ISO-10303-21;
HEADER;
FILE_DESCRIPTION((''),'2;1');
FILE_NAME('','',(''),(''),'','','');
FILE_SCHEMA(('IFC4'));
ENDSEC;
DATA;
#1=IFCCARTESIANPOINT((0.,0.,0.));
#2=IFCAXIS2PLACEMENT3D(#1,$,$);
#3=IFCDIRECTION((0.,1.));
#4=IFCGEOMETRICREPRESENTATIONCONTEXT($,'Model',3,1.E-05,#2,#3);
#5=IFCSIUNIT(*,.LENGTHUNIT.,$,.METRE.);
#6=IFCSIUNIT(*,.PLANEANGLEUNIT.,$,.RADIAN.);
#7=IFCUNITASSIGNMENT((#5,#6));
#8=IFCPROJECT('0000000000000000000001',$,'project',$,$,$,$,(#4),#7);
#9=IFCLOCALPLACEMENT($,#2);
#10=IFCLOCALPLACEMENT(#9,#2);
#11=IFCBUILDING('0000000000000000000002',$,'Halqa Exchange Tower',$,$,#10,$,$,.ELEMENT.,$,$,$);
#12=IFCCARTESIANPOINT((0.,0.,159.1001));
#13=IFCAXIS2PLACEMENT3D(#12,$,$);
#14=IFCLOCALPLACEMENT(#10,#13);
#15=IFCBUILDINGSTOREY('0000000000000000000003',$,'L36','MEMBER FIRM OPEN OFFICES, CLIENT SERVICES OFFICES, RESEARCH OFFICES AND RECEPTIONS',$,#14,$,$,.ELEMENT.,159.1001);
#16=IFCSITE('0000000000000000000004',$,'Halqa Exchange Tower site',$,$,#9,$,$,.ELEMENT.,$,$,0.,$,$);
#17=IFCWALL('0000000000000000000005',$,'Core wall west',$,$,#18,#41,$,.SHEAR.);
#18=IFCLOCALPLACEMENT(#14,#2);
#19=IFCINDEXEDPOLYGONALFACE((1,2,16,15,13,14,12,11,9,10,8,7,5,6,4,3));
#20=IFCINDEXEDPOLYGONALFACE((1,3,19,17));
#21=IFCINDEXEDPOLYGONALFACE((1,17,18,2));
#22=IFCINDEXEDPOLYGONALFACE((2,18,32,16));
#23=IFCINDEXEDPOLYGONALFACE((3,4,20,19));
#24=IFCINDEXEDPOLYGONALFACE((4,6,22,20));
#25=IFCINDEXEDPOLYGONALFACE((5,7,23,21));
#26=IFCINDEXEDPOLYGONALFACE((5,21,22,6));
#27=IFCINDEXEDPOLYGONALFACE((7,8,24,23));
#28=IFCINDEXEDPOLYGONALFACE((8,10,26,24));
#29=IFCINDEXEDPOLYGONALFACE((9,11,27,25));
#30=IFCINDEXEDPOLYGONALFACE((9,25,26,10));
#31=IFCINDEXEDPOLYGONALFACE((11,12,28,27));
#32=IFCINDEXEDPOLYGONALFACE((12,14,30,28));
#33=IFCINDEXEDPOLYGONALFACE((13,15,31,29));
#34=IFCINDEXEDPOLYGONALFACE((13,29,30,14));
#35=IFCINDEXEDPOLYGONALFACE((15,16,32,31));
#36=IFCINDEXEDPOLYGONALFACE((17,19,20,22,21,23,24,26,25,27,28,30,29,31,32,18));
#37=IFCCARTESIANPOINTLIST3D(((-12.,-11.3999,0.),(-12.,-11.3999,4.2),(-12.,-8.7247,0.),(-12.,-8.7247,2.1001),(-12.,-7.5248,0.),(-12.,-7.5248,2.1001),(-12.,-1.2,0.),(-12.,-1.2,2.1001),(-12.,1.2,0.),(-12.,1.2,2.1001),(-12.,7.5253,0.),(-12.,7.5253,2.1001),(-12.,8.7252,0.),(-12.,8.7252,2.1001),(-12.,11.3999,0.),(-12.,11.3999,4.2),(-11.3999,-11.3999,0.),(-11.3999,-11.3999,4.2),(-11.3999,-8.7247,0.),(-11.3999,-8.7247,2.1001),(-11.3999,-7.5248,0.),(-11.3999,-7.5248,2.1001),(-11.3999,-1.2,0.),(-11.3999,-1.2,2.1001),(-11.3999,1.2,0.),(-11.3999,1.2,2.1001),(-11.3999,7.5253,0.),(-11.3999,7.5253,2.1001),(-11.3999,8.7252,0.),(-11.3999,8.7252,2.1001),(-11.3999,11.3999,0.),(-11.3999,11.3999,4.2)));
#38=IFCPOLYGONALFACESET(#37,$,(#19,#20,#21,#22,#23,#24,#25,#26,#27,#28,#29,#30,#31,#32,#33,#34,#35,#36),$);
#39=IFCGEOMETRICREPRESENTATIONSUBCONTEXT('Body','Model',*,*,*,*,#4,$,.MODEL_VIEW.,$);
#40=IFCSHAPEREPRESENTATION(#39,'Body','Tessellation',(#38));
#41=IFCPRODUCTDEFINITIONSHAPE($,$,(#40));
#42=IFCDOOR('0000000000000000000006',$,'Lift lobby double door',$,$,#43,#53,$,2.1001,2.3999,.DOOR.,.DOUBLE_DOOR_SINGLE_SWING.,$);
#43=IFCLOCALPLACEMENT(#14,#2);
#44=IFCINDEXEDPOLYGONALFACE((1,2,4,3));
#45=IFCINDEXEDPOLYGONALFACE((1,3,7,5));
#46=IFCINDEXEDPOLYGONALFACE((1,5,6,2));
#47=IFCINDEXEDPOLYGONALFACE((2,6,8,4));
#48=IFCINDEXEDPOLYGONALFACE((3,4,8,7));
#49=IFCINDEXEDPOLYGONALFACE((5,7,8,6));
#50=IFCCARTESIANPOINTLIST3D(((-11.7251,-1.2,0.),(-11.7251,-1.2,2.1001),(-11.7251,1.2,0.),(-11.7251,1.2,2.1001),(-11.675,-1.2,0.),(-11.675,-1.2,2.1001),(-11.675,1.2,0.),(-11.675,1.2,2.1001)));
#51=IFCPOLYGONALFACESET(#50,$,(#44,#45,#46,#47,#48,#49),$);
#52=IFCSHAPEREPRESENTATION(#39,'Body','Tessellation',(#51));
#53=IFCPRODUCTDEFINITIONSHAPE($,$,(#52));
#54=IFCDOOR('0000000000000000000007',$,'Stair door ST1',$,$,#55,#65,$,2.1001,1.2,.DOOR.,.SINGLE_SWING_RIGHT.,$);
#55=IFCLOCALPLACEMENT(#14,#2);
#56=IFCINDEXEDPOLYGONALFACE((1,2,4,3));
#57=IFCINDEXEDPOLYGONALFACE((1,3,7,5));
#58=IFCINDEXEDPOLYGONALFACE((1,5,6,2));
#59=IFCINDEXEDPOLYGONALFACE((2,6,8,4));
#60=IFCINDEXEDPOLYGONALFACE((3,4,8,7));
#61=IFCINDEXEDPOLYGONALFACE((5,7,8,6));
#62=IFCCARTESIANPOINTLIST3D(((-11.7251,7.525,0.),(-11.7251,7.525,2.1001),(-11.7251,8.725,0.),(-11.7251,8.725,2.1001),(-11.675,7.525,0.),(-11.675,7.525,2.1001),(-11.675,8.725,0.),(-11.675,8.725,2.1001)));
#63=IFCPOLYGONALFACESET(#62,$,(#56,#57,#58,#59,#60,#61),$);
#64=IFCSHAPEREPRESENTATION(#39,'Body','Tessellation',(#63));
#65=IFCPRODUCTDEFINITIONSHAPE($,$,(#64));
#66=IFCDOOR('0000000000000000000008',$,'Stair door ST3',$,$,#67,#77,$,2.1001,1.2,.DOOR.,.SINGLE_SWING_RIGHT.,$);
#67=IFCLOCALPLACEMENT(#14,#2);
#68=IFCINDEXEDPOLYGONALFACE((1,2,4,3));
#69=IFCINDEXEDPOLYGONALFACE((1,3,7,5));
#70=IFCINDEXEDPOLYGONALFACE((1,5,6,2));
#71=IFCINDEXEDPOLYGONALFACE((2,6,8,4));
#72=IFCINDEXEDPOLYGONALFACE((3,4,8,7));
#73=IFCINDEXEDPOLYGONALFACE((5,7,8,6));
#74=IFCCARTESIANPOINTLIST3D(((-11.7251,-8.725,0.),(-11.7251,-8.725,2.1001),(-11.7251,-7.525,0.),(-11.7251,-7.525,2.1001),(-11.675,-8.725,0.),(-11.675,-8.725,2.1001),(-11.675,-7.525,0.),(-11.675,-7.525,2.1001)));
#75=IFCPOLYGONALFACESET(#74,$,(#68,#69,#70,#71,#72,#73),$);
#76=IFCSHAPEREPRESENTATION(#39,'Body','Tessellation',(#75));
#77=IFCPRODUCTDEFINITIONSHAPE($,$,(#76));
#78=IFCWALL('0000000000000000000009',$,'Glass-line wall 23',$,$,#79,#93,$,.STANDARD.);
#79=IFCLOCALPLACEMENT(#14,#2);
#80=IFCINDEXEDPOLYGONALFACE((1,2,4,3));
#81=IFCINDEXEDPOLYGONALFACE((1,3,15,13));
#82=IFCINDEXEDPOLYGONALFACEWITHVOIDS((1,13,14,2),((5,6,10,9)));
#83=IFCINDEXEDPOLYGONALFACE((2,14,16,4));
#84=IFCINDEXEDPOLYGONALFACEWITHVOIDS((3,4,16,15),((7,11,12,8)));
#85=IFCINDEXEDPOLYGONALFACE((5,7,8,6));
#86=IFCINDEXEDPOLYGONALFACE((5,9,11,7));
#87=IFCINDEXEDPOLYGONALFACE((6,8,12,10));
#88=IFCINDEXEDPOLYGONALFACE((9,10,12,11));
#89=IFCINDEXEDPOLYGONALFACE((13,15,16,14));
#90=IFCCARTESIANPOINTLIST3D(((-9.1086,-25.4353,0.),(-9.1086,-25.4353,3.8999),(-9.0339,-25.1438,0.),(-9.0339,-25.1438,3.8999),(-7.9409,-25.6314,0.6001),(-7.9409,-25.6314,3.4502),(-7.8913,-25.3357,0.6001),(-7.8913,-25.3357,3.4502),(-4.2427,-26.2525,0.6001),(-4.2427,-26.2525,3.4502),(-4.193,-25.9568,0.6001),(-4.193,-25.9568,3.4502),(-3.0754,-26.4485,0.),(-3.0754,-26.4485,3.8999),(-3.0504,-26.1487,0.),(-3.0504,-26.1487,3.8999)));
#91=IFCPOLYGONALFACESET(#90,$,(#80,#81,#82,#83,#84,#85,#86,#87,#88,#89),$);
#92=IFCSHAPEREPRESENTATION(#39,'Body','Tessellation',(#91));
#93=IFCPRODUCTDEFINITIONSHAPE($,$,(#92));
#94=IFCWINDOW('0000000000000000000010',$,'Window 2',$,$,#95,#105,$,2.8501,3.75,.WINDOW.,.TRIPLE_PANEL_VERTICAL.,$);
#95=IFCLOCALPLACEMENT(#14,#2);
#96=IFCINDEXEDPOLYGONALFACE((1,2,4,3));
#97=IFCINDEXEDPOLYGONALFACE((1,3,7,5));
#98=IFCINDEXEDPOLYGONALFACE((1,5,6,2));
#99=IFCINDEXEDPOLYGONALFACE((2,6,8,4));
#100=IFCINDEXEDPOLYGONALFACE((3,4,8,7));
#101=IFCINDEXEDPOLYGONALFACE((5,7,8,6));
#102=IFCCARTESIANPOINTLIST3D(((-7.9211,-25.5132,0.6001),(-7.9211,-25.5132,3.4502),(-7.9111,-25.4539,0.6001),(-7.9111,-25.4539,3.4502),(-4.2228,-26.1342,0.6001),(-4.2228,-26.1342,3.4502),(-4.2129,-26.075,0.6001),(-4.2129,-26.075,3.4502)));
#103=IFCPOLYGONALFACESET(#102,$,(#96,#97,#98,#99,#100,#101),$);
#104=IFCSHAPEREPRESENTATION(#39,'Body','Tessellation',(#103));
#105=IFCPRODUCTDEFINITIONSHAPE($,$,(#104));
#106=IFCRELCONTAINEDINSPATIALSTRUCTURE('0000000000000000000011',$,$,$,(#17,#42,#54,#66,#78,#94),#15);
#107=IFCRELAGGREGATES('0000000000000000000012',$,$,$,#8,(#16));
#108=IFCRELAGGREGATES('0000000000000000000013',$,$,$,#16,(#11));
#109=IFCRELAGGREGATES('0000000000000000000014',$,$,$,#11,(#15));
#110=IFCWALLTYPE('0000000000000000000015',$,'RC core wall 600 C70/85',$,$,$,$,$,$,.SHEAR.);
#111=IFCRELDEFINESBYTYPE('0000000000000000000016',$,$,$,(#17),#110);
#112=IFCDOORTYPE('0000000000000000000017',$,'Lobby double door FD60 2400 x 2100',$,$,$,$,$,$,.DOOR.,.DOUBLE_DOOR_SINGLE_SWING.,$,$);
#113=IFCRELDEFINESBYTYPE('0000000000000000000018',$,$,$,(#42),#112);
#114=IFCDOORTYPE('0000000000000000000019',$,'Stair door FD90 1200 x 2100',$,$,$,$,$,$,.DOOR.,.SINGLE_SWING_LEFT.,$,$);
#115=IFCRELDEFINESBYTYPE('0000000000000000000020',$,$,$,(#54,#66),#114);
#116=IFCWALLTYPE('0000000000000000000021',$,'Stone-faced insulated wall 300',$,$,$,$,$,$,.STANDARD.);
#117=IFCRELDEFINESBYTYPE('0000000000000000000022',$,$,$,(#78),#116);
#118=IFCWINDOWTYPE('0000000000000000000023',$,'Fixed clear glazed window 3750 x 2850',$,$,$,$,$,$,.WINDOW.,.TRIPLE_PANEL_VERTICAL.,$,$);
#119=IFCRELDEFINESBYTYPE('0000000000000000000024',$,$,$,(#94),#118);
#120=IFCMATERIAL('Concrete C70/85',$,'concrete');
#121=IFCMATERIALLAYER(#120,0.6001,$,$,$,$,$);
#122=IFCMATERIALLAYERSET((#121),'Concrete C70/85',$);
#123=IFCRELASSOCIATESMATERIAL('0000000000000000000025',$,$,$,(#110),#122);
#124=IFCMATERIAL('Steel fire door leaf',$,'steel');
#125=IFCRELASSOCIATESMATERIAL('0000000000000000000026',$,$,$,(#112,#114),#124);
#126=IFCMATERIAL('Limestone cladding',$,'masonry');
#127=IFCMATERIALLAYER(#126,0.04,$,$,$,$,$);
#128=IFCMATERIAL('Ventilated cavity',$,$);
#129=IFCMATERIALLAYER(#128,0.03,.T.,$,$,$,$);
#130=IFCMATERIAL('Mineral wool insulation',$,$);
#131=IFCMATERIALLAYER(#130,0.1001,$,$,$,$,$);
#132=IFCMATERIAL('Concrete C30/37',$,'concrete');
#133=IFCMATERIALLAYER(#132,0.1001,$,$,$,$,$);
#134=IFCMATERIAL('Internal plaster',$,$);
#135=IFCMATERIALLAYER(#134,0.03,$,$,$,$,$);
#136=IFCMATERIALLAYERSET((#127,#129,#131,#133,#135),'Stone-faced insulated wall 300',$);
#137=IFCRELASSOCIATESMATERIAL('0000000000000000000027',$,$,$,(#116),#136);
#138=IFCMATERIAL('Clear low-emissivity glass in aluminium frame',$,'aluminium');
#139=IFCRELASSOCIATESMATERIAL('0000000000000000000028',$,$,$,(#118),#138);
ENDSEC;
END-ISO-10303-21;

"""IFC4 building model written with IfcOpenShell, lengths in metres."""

from ifc_helpers import new_model, si_unit, direction, frame, frame_2d, origin, place, context, subcontext, project, spatial, polyline, rectangle, outline, extrude, material, layer, layer_set, type_object, element, fill, save


model = new_model("IFC4")

# Units and contexts
model_context = context("Model", 3, precision=1e-05, world=origin(), true_north=direction((0.0, 1.0)))
body_context = subcontext(model_context, "Body", "Model", "MODEL_VIEW")
ifc_project = project(units=[si_unit("LENGTHUNIT", "METRE"), si_unit("PLANEANGLEUNIT", "RADIAN")], contexts=[model_context])

# Site, building, storey
site_placement = place(None, origin())
site = spatial("IfcSite", under=ifc_project, at=site_placement, Name="Halqa Exchange Tower site", CompositionType="ELEMENT", RefElevation=0.0)
building_placement = place(site_placement, origin())
building = spatial("IfcBuilding", under=site, at=building_placement, Name="Halqa Exchange Tower", CompositionType="ELEMENT")
storey_placement = place(building_placement, frame((0.0, 0.0, 159.1001)))
storey = spatial("IfcBuildingStorey", under=building, at=storey_placement, Name="L36", Description="MEMBER FIRM OPEN OFFICES, CLIENT SERVICES OFFICES, RESEARCH OFFICES AND RECEPTIONS", CompositionType="ELEMENT", Elevation=159.1001)

# Shared definitions
ifc_material_1 = material(Name="Concrete C70/85", Category="concrete")

# Wall, openings, doors
ifc_layer_1 = layer(ifc_material_1, 0.6001)
ifc_layer_set_1 = layer_set([ifc_layer_1], Name="Concrete C70/85")
wall_type_1 = type_object("IfcWallType", Name="RC core wall 600 C70/85", PredefinedType="SHEAR", material=ifc_layer_set_1)
wall_1_placement = place(storey_placement, frame((-11.7, -11.3999, 0.0), z_axis=(0.0, 0.0, 1.0), x_axis=(0.0, 1.0, 0.0)))
wall_1 = element("IfcWall", 1, at=wall_1_placement, inside=storey, type_object=wall_type_1, Name="Core wall west", PredefinedType="SHEAR", context=body_context, shape_type="SweptSolid", body=[
    extrude(rectangle(XDim=22.7998, YDim=0.6001, at=frame_2d((11.3999, 0.0))), origin(), (0.0, 0.0, 1.0), 4.2),
])
opening_1_placement = place(wall_1_placement, frame((10.2, 0.0, 0.0)))
opening_1 = element("IfcOpeningElement", 2, at=opening_1_placement, cuts=wall_1, PredefinedType="OPENING", context=body_context, shape_type="SweptSolid", body=[
    extrude(rectangle(XDim=2.3999, YDim=2.1001, at=frame_2d((1.2, 1.05))), frame((0.0, 0.312, 0.0), z_axis=(0.0, -1.0, 0.0), x_axis=(1.0, 0.0, 0.0)), (0.0, 0.0, 1.0), 0.624),
])
opening_2_placement = place(wall_1_placement, frame((18.925, 0.0, 0.0)))
opening_2 = element("IfcOpeningElement", 3, at=opening_2_placement, cuts=wall_1, PredefinedType="OPENING", context=body_context, shape_type="SweptSolid", body=[
    extrude(rectangle(XDim=1.2, YDim=2.1001, at=frame_2d((0.6001, 1.05))), frame((0.0, 0.312, 0.0), z_axis=(0.0, -1.0, 0.0), x_axis=(1.0, 0.0, 0.0)), (0.0, 0.0, 1.0), 0.624),
])
opening_3_placement = place(wall_1_placement, frame((2.675, 0.0, 0.0)))
opening_3 = element("IfcOpeningElement", 4, at=opening_3_placement, cuts=wall_1, PredefinedType="OPENING", context=body_context, shape_type="SweptSolid", body=[
    extrude(rectangle(XDim=1.2, YDim=2.1001, at=frame_2d((0.6001, 1.05))), frame((0.0, 0.312, 0.0), z_axis=(0.0, -1.0, 0.0), x_axis=(1.0, 0.0, 0.0)), (0.0, 0.0, 1.0), 0.624),
])
ifc_material_2 = material(Name="Steel fire door leaf", Category="steel")
door_type_1 = type_object("IfcDoorType", Name="Lobby double door FD60 2400 x 2100", OperationType="DOUBLE_DOOR_SINGLE_SWING", PredefinedType="DOOR", material=ifc_material_2)
door_1_placement = place(opening_1_placement, frame((2.3999, 0.0, 0.0), z_axis=(0.0, 0.0, 1.0), x_axis=(-1.0, 0.0, 0.0)))
door_1 = element("IfcDoor", 5, at=door_1_placement, inside=storey, type_object=door_type_1, Name="Lift lobby double door", OperationType="DOUBLE_DOOR_SINGLE_SWING", OverallHeight=2.1001, OverallWidth=2.3999, PredefinedType="DOOR", context=body_context, shape_type="SweptSolid", body=[
    extrude(rectangle(XDim=2.3999, YDim=2.1001, at=frame_2d((1.2, 1.05))), frame((0.0, 0.0249, 0.0), z_axis=(0.0, -1.0, 0.0), x_axis=(1.0, 0.0, 0.0)), (0.0, 0.0, 1.0), 0.05),
])
fill(opening_1, door_1)
door_type_2 = type_object("IfcDoorType", Name="Stair door FD90 1200 x 2100", OperationType="SINGLE_SWING_LEFT", PredefinedType="DOOR", material=ifc_material_2)
door_2_placement = place(opening_2_placement, frame((1.2, 0.0, 0.0), z_axis=(0.0, 0.0, 1.0), x_axis=(-1.0, 0.0, 0.0)))
door_2 = element("IfcDoor", 6, at=door_2_placement, inside=storey, type_object=door_type_2, Name="Stair door ST1", OperationType="SINGLE_SWING_RIGHT", OverallHeight=2.1001, OverallWidth=1.2, PredefinedType="DOOR", context=body_context, shape_type="SweptSolid", body=[
    extrude(rectangle(XDim=1.2, YDim=2.1001, at=frame_2d((0.6001, 1.05))), frame((0.0, 0.0249, 0.0), z_axis=(0.0, -1.0, 0.0), x_axis=(1.0, 0.0, 0.0)), (0.0, 0.0, 1.0), 0.05),
])
fill(opening_2, door_2)
door_3_placement = place(opening_3_placement, frame((1.2, 0.0, 0.0), z_axis=(0.0, 0.0, 1.0), x_axis=(-1.0, 0.0, 0.0)))
door_3 = element("IfcDoor", 7, at=door_3_placement, inside=storey, type_object=door_type_2, Name="Stair door ST3", OperationType="SINGLE_SWING_RIGHT", OverallHeight=2.1001, OverallWidth=1.2, PredefinedType="DOOR", context=body_context, shape_type="SweptSolid", body=[
    extrude(rectangle(XDim=1.2, YDim=2.1001, at=frame_2d((0.6001, 1.05))), frame((0.0, 0.0249, 0.0), z_axis=(0.0, -1.0, 0.0), x_axis=(1.0, 0.0, 0.0)), (0.0, 0.0, 1.0), 0.05),
])
fill(opening_3, door_3)

# Wall, opening, window
ifc_material_3 = material(Name="Limestone cladding", Category="masonry")
ifc_layer_2 = layer(ifc_material_3, 0.04)
ifc_material_4 = material(Name="Ventilated cavity")
ifc_layer_3 = layer(ifc_material_4, 0.03, ventilated=True)
ifc_material_5 = material(Name="Mineral wool insulation")
ifc_layer_4 = layer(ifc_material_5, 0.1001)
ifc_material_6 = material(Name="Concrete C30/37", Category="concrete")
ifc_layer_5 = layer(ifc_material_6, 0.1001)
ifc_material_7 = material(Name="Internal plaster")
ifc_layer_6 = layer(ifc_material_7, 0.03)
ifc_layer_set_2 = layer_set([ifc_layer_2, ifc_layer_3, ifc_layer_4, ifc_layer_5, ifc_layer_6], Name="Stone-faced insulated wall 300")
wall_type_2 = type_object("IfcWallType", Name="Stone-faced insulated wall 300", PredefinedType="STANDARD", material=ifc_layer_set_2)
wall_2_placement = place(storey_placement, frame((-9.0713, -25.2896, 0.0), z_axis=(0.0, 0.0, 1.0), x_axis=(0.98619, -0.165621, 0.0)))
wall_2 = element("IfcWall", 8, at=wall_2_placement, inside=storey, type_object=wall_type_2, Name="Glass-line wall 23", PredefinedType="STANDARD", context=body_context, shape_type="SweptSolid", body=[
    extrude(outline(polyline([(-0.0127, -0.1499), (6.105, -0.1499), (6.0801, 0.1499), (0.0127, 0.1499), (-0.0127, -0.1499)])), origin(), (0.0, 0.0, 1.0), 3.8999),
])
opening_4_placement = place(wall_2_placement, frame((1.1714, 0.0, 0.6001)))
opening_4 = element("IfcOpeningElement", 9, at=opening_4_placement, cuts=wall_2, PredefinedType="OPENING", context=body_context, shape_type="SweptSolid", body=[
    extrude(rectangle(XDim=3.75, YDim=2.8501, at=frame_2d((1.875, 1.425))), frame((0.0, 0.1621, 0.0), z_axis=(0.0, -1.0, 0.0), x_axis=(1.0, 0.0, 0.0)), (0.0, 0.0, 1.0), 0.324),
])
ifc_material_8 = material(Name="Clear low-emissivity glass in aluminium frame", Category="aluminium")
window_type = type_object("IfcWindowType", Name="Fixed clear glazed window 3750 x 2850", PartitioningType="TRIPLE_PANEL_VERTICAL", PredefinedType="WINDOW", material=ifc_material_8)
window_placement = place(opening_4_placement, origin())
window = element("IfcWindow", 10, at=window_placement, inside=storey, type_object=window_type, Name="Window 2", OverallHeight=2.8501, OverallWidth=3.75, PartitioningType="TRIPLE_PANEL_VERTICAL", PredefinedType="WINDOW", context=body_context, shape_type="SweptSolid", body=[
    extrude(rectangle(XDim=3.75, YDim=2.8501, at=frame_2d((1.875, 1.425))), frame((0.0, 0.03, 0.0), z_axis=(0.0, -1.0, 0.0), x_axis=(1.0, 0.0, 0.0)), (0.0, 0.0, 1.0), 0.0601),
])
fill(opening_4, window)

save(model, "model.ifc")
